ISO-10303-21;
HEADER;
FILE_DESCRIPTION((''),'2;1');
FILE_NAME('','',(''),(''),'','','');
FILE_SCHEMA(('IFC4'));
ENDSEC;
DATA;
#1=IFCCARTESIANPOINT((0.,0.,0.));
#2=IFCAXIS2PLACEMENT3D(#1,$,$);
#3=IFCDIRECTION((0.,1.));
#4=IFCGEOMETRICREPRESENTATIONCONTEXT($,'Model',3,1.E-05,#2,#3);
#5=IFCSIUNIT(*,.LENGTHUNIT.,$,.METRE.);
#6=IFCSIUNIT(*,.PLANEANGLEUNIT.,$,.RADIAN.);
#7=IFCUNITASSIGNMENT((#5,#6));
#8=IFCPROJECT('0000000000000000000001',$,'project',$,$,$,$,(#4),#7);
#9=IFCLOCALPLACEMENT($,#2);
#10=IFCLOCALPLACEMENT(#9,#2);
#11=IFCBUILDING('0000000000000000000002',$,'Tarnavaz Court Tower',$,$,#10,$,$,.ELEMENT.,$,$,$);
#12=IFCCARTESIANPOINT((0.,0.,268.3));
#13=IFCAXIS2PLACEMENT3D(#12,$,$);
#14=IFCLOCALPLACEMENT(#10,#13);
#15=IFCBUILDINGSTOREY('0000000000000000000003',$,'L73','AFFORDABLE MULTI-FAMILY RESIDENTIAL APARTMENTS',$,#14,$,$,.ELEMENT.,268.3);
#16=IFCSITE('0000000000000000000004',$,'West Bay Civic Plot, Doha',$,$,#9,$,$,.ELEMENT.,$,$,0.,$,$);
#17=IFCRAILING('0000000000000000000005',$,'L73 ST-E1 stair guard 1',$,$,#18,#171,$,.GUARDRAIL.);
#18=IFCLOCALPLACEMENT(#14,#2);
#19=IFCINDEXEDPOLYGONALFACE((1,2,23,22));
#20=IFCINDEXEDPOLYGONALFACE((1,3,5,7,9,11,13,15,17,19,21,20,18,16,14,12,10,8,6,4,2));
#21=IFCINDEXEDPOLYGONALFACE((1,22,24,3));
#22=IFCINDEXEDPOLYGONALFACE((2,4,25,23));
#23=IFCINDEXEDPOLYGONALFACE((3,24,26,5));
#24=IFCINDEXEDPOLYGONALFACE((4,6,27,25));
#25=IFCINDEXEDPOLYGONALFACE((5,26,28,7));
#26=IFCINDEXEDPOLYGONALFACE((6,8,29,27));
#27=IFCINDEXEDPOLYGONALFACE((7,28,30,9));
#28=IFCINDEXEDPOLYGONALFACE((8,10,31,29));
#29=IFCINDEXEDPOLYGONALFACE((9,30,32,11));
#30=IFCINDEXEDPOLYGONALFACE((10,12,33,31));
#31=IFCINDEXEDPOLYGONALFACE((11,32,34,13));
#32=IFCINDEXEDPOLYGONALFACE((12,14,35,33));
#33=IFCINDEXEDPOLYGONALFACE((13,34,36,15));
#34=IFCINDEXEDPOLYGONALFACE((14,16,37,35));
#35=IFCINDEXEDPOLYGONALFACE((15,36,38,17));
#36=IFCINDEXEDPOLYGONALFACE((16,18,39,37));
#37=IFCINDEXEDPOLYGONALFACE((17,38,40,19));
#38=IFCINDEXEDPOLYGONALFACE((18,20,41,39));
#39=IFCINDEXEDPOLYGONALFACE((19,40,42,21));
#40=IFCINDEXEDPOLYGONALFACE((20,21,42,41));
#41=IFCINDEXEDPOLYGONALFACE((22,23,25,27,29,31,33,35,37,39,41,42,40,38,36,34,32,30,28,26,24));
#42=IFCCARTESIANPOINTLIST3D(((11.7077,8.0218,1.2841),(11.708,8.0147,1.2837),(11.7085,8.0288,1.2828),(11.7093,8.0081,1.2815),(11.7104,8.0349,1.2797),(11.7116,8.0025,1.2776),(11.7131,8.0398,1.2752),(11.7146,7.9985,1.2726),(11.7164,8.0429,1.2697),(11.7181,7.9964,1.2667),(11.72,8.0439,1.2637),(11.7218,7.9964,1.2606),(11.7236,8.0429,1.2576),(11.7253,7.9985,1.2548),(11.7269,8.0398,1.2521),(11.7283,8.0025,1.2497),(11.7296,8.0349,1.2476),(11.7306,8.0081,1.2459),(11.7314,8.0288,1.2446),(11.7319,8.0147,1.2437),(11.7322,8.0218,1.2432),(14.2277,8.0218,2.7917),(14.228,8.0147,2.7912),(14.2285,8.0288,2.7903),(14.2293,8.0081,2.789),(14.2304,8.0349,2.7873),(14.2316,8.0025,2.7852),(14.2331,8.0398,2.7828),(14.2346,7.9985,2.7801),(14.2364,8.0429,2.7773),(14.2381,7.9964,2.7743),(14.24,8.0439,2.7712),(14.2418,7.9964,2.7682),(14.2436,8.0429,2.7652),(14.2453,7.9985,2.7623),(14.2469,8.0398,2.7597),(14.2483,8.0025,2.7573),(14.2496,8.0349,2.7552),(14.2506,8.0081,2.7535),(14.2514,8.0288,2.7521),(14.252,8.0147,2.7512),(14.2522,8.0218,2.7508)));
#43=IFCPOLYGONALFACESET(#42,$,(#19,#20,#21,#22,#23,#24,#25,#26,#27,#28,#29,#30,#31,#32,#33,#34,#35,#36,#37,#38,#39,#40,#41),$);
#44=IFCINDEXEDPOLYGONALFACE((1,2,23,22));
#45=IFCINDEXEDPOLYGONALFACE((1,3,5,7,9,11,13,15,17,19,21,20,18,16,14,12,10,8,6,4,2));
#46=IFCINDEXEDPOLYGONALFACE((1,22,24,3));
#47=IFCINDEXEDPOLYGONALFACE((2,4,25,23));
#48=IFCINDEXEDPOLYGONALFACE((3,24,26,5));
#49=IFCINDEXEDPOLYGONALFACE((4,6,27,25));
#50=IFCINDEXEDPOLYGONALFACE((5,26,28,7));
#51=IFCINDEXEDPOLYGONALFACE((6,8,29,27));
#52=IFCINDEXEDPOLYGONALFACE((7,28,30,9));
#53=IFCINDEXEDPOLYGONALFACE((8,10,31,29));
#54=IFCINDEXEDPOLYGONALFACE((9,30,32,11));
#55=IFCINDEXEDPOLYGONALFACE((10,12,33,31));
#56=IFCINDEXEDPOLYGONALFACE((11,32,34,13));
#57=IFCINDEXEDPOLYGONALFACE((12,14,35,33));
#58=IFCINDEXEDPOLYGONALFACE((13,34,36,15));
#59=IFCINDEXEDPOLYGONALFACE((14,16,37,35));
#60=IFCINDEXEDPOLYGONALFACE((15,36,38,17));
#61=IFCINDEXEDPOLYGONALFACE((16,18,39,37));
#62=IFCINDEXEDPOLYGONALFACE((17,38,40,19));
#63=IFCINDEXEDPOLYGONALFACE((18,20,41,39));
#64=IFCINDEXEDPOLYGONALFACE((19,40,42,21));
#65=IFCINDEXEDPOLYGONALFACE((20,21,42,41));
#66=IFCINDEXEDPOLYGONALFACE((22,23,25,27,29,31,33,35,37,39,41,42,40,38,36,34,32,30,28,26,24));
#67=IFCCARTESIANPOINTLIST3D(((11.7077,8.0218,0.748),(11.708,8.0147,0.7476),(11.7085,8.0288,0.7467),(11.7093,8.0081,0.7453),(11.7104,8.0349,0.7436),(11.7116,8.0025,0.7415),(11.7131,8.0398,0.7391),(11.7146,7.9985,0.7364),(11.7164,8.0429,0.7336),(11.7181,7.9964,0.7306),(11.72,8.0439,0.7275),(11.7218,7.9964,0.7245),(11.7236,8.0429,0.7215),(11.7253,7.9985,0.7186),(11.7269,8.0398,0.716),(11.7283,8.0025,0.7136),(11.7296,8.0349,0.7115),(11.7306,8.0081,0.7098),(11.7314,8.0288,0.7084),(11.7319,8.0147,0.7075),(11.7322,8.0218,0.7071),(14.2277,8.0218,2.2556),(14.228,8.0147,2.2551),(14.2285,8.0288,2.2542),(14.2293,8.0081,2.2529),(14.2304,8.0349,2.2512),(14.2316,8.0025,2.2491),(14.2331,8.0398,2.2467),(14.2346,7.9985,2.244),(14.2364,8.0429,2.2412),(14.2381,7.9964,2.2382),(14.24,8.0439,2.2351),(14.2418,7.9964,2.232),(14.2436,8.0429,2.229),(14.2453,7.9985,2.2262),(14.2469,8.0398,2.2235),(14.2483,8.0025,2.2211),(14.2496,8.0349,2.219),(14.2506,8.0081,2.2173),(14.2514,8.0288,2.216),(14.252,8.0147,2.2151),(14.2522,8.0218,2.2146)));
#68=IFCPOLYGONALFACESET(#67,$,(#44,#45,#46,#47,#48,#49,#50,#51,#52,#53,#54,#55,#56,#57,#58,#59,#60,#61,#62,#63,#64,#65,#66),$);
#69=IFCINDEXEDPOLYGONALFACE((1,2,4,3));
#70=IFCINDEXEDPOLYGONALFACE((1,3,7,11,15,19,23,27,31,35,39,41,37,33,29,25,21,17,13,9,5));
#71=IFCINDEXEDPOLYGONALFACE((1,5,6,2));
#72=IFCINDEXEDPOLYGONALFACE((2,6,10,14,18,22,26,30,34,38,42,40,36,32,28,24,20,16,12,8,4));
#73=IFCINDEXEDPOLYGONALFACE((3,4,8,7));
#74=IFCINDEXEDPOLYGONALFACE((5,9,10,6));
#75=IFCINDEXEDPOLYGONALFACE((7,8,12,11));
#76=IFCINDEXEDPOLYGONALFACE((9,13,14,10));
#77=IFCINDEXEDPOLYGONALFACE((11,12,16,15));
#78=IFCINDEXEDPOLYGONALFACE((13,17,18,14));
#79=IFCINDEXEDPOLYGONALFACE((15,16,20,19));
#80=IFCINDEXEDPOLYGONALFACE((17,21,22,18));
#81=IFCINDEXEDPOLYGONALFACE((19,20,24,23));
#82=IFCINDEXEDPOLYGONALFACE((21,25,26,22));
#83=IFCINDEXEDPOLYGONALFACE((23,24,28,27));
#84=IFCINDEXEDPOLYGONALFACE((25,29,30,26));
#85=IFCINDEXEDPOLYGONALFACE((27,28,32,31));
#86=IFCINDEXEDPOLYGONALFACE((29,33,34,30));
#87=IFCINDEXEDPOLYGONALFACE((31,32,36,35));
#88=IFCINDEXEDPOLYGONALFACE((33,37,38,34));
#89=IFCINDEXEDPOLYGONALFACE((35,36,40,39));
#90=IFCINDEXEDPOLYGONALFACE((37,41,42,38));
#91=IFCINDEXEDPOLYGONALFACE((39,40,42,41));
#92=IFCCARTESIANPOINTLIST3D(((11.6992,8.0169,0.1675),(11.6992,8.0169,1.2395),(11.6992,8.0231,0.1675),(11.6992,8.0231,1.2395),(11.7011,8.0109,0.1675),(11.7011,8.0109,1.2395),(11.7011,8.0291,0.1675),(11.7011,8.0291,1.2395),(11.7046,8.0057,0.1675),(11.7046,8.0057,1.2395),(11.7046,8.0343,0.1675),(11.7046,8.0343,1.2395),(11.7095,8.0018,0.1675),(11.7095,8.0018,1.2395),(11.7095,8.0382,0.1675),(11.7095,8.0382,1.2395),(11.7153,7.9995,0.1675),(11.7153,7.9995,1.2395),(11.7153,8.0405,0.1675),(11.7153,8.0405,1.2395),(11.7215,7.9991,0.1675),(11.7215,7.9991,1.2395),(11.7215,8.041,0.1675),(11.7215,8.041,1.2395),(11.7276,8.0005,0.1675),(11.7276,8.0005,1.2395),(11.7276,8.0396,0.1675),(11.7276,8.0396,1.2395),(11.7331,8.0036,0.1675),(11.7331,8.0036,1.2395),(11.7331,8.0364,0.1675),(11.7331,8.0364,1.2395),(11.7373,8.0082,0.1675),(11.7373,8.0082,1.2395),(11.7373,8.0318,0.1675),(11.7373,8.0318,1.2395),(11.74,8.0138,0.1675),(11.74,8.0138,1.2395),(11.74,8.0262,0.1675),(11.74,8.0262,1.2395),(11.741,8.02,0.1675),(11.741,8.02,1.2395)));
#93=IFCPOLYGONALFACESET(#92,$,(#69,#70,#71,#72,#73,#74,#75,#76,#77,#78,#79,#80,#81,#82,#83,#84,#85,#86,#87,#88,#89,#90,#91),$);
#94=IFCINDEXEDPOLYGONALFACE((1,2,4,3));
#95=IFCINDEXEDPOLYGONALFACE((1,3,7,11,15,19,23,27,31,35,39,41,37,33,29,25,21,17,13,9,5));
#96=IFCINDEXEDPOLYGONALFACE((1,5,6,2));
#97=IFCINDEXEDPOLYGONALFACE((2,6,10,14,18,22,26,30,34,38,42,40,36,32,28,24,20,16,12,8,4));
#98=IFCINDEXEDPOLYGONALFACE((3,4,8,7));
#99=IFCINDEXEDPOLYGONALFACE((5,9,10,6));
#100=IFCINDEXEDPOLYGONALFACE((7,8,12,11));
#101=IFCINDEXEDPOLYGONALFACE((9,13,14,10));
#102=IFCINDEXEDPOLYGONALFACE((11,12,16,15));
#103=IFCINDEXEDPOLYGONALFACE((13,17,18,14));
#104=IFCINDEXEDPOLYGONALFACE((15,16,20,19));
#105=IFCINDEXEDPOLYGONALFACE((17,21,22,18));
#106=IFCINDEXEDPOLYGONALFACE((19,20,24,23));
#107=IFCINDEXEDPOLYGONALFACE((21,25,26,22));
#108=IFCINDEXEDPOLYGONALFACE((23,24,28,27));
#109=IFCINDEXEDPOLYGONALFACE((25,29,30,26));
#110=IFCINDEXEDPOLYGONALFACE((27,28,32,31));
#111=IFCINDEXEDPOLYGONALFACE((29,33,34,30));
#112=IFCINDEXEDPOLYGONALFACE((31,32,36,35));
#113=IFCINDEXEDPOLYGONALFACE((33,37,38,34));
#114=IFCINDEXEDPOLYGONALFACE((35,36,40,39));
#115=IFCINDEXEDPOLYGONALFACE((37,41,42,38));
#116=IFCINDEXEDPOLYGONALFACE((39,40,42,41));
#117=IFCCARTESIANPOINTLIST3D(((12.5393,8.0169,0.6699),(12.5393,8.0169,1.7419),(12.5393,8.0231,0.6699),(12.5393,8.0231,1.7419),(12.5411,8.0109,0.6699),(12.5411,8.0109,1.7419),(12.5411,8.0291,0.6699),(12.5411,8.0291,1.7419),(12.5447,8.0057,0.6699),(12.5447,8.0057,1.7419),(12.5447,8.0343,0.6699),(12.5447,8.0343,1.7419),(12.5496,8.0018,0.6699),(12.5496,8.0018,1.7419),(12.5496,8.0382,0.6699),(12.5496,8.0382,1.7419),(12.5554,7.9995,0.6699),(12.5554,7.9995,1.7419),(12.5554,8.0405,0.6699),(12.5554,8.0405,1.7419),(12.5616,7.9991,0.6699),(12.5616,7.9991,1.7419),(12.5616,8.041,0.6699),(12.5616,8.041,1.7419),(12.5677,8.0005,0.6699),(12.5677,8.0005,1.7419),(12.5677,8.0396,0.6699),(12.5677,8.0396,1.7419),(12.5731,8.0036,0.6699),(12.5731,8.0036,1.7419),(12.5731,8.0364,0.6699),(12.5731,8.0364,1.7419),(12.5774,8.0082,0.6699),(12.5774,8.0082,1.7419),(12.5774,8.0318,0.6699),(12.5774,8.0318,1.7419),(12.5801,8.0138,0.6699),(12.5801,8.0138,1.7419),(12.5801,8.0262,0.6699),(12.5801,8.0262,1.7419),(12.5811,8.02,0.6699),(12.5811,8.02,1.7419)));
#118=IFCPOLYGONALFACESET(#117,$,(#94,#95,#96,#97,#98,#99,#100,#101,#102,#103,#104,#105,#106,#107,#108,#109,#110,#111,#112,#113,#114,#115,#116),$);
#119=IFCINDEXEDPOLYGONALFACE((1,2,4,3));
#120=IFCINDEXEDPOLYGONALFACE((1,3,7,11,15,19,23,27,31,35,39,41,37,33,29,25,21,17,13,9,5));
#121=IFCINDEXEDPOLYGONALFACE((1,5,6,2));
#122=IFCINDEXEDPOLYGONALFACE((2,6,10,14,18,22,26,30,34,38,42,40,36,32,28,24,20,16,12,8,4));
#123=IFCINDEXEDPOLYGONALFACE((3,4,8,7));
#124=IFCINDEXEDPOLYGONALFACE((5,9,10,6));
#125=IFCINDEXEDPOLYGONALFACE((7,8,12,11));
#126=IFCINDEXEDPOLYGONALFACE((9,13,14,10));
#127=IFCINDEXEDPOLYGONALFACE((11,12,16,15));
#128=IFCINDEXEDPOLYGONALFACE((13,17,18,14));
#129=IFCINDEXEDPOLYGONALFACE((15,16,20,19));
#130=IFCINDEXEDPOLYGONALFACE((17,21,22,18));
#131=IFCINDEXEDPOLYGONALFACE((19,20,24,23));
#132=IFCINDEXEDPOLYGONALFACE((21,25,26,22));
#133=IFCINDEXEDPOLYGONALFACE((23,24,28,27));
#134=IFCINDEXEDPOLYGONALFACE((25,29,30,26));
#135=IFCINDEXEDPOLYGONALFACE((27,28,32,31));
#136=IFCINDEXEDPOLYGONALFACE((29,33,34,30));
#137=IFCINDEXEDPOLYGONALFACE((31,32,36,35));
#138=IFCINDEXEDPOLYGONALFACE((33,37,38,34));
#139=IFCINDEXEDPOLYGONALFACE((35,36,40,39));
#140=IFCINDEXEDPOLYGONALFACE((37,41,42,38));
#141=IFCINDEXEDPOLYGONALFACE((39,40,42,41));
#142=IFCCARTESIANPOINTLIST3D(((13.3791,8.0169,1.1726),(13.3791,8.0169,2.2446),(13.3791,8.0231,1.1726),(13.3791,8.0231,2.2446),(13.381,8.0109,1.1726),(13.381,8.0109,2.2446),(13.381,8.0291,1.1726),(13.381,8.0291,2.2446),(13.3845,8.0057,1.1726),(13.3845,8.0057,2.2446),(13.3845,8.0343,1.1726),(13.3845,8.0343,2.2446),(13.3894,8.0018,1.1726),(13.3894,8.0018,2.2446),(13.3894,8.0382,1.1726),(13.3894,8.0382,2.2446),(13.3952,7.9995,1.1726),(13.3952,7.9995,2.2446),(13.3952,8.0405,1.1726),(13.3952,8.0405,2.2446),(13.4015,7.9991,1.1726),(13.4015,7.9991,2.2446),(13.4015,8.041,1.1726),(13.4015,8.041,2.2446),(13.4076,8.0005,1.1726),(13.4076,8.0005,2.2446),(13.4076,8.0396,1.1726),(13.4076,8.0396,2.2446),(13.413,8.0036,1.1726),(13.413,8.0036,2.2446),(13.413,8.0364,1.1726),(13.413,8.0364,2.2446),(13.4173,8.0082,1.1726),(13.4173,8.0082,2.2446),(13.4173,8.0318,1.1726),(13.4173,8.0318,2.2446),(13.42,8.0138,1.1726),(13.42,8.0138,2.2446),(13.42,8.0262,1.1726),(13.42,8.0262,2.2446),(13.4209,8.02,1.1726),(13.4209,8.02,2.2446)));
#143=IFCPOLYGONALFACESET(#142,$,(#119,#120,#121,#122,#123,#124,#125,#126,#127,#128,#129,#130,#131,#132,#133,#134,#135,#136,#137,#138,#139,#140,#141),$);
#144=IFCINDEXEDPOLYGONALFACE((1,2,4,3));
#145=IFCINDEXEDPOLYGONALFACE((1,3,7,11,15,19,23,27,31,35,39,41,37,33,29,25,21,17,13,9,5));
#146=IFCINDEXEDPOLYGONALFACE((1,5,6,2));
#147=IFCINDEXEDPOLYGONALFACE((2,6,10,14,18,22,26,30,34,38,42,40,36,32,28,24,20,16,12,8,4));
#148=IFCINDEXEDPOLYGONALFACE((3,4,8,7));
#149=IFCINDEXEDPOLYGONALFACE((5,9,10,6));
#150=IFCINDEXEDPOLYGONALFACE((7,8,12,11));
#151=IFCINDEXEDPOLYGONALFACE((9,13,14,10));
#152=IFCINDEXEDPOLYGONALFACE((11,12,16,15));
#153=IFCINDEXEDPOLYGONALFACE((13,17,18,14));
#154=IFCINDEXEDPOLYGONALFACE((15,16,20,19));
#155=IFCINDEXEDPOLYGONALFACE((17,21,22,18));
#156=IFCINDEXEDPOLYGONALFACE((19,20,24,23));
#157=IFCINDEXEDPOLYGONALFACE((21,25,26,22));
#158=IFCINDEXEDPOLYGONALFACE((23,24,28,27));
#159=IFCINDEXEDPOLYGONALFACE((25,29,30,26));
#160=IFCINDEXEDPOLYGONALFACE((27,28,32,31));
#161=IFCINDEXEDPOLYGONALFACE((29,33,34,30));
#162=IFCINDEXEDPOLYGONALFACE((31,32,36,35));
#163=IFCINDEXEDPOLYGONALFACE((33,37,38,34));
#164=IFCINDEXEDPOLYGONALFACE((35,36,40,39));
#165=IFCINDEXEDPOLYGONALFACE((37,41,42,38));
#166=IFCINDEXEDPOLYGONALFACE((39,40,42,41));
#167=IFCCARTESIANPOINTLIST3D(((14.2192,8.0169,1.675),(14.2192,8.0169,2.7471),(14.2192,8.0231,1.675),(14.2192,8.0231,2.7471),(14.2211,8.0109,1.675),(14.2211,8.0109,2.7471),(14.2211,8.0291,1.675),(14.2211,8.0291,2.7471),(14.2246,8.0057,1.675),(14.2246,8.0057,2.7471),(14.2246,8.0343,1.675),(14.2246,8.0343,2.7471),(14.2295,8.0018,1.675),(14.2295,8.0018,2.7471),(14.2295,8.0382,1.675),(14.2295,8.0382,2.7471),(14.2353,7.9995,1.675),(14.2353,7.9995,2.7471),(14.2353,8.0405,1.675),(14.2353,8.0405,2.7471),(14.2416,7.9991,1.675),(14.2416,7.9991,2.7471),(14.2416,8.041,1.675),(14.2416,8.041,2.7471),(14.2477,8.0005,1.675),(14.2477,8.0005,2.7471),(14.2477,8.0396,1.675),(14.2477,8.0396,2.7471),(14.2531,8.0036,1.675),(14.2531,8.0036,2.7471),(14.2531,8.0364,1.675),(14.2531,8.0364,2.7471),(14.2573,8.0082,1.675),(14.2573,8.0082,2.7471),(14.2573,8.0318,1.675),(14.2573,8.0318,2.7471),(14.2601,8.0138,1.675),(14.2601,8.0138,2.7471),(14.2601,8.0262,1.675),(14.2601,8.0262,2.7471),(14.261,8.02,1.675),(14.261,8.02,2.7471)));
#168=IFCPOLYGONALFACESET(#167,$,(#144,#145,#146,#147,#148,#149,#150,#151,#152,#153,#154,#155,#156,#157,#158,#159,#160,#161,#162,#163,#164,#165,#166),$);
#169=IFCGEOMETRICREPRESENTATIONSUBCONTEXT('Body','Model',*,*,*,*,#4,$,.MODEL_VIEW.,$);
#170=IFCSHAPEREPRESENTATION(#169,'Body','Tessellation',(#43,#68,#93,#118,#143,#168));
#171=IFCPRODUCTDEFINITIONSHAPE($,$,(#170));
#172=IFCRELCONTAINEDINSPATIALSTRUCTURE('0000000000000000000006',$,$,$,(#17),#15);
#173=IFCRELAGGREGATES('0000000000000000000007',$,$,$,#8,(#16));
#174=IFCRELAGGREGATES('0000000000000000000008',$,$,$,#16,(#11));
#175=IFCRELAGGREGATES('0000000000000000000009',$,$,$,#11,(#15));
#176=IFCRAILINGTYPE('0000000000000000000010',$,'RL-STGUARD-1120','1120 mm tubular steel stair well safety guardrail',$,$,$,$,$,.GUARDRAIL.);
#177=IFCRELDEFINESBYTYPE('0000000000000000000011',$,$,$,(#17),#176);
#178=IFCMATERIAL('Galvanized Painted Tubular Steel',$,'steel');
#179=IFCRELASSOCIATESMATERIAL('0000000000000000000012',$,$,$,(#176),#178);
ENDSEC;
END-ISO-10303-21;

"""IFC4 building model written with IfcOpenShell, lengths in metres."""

from ifc_helpers import new_model, si_unit, direction, frame, origin, origin_2d, place, context, subcontext, project, spatial, circle, extrude, material, type_object, element, save


model = new_model("IFC4")

# Units and contexts
model_context = context("Model", 3, precision=1e-05, world=origin(), true_north=direction((0.0, 1.0)))
body_context = subcontext(model_context, "Body", "Model", "MODEL_VIEW")
ifc_project = project(units=[si_unit("LENGTHUNIT", "METRE"), si_unit("PLANEANGLEUNIT", "RADIAN")], contexts=[model_context])

# Site, building, storey
site_placement = place(None, origin())
site = spatial("IfcSite", under=ifc_project, at=site_placement, Name="West Bay Civic Plot, Doha", CompositionType="ELEMENT", RefElevation=0.0)
building_placement = place(site_placement, origin())
building = spatial("IfcBuilding", under=site, at=building_placement, Name="Tarnavaz Court Tower", CompositionType="ELEMENT")
storey_placement = place(building_placement, frame((0.0, 0.0, 268.3)))
storey = spatial("IfcBuildingStorey", under=building, at=storey_placement, Name="L73", Description="AFFORDABLE MULTI-FAMILY RESIDENTIAL APARTMENTS", CompositionType="ELEMENT", Elevation=268.3)

# Railing
ifc_material_1 = material(Name="Galvanized Painted Tubular Steel", Category="steel")
railing_type_1 = type_object("IfcRailingType", Name="RL-STGUARD-1120", Description="1120 mm tubular steel stair well safety guardrail", PredefinedType="GUARDRAIL", material=ifc_material_1)
railing_1_placement = place(storey_placement, frame((11.72, 8.02, 0.1675)))
element("IfcRailing", 1, at=railing_1_placement, inside=storey, type_object=railing_type_1, Name="L73 ST-E1 stair guard 1", PredefinedType="GUARDRAIL", context=body_context, shape_type="SweptSolid", body=[
    extrude(circle(Radius=0.0239, at=origin_2d()), frame((0.0, 0.0, 1.0962), z_axis=(0.85816, 0.0, 0.513383), x_axis=(0.0, 1.0, 0.0)), (0.0, 0.0, 1.0), 2.9365),
    extrude(circle(Radius=0.0239, at=origin_2d()), frame((0.0, 0.0, 0.5601), z_axis=(0.85816, 0.0, 0.513383), x_axis=(0.0, 1.0, 0.0)), (0.0, 0.0, 1.0), 2.9365),
    extrude(circle(Radius=0.021, at=origin_2d()), origin(), (0.0, 0.0, 1.0), 1.072),
    extrude(circle(Radius=0.021, at=origin_2d()), frame((0.8401, 0.0, 0.5024)), (0.0, 0.0, 1.0), 1.072),
    extrude(circle(Radius=0.021, at=origin_2d()), frame((1.6799, 0.0, 1.0051)), (0.0, 0.0, 1.0), 1.072),
    extrude(circle(Radius=0.021, at=origin_2d()), frame((2.52, 0.0, 1.5076)), (0.0, 0.0, 1.0), 1.072),
])

save(model, "model.ifc")
